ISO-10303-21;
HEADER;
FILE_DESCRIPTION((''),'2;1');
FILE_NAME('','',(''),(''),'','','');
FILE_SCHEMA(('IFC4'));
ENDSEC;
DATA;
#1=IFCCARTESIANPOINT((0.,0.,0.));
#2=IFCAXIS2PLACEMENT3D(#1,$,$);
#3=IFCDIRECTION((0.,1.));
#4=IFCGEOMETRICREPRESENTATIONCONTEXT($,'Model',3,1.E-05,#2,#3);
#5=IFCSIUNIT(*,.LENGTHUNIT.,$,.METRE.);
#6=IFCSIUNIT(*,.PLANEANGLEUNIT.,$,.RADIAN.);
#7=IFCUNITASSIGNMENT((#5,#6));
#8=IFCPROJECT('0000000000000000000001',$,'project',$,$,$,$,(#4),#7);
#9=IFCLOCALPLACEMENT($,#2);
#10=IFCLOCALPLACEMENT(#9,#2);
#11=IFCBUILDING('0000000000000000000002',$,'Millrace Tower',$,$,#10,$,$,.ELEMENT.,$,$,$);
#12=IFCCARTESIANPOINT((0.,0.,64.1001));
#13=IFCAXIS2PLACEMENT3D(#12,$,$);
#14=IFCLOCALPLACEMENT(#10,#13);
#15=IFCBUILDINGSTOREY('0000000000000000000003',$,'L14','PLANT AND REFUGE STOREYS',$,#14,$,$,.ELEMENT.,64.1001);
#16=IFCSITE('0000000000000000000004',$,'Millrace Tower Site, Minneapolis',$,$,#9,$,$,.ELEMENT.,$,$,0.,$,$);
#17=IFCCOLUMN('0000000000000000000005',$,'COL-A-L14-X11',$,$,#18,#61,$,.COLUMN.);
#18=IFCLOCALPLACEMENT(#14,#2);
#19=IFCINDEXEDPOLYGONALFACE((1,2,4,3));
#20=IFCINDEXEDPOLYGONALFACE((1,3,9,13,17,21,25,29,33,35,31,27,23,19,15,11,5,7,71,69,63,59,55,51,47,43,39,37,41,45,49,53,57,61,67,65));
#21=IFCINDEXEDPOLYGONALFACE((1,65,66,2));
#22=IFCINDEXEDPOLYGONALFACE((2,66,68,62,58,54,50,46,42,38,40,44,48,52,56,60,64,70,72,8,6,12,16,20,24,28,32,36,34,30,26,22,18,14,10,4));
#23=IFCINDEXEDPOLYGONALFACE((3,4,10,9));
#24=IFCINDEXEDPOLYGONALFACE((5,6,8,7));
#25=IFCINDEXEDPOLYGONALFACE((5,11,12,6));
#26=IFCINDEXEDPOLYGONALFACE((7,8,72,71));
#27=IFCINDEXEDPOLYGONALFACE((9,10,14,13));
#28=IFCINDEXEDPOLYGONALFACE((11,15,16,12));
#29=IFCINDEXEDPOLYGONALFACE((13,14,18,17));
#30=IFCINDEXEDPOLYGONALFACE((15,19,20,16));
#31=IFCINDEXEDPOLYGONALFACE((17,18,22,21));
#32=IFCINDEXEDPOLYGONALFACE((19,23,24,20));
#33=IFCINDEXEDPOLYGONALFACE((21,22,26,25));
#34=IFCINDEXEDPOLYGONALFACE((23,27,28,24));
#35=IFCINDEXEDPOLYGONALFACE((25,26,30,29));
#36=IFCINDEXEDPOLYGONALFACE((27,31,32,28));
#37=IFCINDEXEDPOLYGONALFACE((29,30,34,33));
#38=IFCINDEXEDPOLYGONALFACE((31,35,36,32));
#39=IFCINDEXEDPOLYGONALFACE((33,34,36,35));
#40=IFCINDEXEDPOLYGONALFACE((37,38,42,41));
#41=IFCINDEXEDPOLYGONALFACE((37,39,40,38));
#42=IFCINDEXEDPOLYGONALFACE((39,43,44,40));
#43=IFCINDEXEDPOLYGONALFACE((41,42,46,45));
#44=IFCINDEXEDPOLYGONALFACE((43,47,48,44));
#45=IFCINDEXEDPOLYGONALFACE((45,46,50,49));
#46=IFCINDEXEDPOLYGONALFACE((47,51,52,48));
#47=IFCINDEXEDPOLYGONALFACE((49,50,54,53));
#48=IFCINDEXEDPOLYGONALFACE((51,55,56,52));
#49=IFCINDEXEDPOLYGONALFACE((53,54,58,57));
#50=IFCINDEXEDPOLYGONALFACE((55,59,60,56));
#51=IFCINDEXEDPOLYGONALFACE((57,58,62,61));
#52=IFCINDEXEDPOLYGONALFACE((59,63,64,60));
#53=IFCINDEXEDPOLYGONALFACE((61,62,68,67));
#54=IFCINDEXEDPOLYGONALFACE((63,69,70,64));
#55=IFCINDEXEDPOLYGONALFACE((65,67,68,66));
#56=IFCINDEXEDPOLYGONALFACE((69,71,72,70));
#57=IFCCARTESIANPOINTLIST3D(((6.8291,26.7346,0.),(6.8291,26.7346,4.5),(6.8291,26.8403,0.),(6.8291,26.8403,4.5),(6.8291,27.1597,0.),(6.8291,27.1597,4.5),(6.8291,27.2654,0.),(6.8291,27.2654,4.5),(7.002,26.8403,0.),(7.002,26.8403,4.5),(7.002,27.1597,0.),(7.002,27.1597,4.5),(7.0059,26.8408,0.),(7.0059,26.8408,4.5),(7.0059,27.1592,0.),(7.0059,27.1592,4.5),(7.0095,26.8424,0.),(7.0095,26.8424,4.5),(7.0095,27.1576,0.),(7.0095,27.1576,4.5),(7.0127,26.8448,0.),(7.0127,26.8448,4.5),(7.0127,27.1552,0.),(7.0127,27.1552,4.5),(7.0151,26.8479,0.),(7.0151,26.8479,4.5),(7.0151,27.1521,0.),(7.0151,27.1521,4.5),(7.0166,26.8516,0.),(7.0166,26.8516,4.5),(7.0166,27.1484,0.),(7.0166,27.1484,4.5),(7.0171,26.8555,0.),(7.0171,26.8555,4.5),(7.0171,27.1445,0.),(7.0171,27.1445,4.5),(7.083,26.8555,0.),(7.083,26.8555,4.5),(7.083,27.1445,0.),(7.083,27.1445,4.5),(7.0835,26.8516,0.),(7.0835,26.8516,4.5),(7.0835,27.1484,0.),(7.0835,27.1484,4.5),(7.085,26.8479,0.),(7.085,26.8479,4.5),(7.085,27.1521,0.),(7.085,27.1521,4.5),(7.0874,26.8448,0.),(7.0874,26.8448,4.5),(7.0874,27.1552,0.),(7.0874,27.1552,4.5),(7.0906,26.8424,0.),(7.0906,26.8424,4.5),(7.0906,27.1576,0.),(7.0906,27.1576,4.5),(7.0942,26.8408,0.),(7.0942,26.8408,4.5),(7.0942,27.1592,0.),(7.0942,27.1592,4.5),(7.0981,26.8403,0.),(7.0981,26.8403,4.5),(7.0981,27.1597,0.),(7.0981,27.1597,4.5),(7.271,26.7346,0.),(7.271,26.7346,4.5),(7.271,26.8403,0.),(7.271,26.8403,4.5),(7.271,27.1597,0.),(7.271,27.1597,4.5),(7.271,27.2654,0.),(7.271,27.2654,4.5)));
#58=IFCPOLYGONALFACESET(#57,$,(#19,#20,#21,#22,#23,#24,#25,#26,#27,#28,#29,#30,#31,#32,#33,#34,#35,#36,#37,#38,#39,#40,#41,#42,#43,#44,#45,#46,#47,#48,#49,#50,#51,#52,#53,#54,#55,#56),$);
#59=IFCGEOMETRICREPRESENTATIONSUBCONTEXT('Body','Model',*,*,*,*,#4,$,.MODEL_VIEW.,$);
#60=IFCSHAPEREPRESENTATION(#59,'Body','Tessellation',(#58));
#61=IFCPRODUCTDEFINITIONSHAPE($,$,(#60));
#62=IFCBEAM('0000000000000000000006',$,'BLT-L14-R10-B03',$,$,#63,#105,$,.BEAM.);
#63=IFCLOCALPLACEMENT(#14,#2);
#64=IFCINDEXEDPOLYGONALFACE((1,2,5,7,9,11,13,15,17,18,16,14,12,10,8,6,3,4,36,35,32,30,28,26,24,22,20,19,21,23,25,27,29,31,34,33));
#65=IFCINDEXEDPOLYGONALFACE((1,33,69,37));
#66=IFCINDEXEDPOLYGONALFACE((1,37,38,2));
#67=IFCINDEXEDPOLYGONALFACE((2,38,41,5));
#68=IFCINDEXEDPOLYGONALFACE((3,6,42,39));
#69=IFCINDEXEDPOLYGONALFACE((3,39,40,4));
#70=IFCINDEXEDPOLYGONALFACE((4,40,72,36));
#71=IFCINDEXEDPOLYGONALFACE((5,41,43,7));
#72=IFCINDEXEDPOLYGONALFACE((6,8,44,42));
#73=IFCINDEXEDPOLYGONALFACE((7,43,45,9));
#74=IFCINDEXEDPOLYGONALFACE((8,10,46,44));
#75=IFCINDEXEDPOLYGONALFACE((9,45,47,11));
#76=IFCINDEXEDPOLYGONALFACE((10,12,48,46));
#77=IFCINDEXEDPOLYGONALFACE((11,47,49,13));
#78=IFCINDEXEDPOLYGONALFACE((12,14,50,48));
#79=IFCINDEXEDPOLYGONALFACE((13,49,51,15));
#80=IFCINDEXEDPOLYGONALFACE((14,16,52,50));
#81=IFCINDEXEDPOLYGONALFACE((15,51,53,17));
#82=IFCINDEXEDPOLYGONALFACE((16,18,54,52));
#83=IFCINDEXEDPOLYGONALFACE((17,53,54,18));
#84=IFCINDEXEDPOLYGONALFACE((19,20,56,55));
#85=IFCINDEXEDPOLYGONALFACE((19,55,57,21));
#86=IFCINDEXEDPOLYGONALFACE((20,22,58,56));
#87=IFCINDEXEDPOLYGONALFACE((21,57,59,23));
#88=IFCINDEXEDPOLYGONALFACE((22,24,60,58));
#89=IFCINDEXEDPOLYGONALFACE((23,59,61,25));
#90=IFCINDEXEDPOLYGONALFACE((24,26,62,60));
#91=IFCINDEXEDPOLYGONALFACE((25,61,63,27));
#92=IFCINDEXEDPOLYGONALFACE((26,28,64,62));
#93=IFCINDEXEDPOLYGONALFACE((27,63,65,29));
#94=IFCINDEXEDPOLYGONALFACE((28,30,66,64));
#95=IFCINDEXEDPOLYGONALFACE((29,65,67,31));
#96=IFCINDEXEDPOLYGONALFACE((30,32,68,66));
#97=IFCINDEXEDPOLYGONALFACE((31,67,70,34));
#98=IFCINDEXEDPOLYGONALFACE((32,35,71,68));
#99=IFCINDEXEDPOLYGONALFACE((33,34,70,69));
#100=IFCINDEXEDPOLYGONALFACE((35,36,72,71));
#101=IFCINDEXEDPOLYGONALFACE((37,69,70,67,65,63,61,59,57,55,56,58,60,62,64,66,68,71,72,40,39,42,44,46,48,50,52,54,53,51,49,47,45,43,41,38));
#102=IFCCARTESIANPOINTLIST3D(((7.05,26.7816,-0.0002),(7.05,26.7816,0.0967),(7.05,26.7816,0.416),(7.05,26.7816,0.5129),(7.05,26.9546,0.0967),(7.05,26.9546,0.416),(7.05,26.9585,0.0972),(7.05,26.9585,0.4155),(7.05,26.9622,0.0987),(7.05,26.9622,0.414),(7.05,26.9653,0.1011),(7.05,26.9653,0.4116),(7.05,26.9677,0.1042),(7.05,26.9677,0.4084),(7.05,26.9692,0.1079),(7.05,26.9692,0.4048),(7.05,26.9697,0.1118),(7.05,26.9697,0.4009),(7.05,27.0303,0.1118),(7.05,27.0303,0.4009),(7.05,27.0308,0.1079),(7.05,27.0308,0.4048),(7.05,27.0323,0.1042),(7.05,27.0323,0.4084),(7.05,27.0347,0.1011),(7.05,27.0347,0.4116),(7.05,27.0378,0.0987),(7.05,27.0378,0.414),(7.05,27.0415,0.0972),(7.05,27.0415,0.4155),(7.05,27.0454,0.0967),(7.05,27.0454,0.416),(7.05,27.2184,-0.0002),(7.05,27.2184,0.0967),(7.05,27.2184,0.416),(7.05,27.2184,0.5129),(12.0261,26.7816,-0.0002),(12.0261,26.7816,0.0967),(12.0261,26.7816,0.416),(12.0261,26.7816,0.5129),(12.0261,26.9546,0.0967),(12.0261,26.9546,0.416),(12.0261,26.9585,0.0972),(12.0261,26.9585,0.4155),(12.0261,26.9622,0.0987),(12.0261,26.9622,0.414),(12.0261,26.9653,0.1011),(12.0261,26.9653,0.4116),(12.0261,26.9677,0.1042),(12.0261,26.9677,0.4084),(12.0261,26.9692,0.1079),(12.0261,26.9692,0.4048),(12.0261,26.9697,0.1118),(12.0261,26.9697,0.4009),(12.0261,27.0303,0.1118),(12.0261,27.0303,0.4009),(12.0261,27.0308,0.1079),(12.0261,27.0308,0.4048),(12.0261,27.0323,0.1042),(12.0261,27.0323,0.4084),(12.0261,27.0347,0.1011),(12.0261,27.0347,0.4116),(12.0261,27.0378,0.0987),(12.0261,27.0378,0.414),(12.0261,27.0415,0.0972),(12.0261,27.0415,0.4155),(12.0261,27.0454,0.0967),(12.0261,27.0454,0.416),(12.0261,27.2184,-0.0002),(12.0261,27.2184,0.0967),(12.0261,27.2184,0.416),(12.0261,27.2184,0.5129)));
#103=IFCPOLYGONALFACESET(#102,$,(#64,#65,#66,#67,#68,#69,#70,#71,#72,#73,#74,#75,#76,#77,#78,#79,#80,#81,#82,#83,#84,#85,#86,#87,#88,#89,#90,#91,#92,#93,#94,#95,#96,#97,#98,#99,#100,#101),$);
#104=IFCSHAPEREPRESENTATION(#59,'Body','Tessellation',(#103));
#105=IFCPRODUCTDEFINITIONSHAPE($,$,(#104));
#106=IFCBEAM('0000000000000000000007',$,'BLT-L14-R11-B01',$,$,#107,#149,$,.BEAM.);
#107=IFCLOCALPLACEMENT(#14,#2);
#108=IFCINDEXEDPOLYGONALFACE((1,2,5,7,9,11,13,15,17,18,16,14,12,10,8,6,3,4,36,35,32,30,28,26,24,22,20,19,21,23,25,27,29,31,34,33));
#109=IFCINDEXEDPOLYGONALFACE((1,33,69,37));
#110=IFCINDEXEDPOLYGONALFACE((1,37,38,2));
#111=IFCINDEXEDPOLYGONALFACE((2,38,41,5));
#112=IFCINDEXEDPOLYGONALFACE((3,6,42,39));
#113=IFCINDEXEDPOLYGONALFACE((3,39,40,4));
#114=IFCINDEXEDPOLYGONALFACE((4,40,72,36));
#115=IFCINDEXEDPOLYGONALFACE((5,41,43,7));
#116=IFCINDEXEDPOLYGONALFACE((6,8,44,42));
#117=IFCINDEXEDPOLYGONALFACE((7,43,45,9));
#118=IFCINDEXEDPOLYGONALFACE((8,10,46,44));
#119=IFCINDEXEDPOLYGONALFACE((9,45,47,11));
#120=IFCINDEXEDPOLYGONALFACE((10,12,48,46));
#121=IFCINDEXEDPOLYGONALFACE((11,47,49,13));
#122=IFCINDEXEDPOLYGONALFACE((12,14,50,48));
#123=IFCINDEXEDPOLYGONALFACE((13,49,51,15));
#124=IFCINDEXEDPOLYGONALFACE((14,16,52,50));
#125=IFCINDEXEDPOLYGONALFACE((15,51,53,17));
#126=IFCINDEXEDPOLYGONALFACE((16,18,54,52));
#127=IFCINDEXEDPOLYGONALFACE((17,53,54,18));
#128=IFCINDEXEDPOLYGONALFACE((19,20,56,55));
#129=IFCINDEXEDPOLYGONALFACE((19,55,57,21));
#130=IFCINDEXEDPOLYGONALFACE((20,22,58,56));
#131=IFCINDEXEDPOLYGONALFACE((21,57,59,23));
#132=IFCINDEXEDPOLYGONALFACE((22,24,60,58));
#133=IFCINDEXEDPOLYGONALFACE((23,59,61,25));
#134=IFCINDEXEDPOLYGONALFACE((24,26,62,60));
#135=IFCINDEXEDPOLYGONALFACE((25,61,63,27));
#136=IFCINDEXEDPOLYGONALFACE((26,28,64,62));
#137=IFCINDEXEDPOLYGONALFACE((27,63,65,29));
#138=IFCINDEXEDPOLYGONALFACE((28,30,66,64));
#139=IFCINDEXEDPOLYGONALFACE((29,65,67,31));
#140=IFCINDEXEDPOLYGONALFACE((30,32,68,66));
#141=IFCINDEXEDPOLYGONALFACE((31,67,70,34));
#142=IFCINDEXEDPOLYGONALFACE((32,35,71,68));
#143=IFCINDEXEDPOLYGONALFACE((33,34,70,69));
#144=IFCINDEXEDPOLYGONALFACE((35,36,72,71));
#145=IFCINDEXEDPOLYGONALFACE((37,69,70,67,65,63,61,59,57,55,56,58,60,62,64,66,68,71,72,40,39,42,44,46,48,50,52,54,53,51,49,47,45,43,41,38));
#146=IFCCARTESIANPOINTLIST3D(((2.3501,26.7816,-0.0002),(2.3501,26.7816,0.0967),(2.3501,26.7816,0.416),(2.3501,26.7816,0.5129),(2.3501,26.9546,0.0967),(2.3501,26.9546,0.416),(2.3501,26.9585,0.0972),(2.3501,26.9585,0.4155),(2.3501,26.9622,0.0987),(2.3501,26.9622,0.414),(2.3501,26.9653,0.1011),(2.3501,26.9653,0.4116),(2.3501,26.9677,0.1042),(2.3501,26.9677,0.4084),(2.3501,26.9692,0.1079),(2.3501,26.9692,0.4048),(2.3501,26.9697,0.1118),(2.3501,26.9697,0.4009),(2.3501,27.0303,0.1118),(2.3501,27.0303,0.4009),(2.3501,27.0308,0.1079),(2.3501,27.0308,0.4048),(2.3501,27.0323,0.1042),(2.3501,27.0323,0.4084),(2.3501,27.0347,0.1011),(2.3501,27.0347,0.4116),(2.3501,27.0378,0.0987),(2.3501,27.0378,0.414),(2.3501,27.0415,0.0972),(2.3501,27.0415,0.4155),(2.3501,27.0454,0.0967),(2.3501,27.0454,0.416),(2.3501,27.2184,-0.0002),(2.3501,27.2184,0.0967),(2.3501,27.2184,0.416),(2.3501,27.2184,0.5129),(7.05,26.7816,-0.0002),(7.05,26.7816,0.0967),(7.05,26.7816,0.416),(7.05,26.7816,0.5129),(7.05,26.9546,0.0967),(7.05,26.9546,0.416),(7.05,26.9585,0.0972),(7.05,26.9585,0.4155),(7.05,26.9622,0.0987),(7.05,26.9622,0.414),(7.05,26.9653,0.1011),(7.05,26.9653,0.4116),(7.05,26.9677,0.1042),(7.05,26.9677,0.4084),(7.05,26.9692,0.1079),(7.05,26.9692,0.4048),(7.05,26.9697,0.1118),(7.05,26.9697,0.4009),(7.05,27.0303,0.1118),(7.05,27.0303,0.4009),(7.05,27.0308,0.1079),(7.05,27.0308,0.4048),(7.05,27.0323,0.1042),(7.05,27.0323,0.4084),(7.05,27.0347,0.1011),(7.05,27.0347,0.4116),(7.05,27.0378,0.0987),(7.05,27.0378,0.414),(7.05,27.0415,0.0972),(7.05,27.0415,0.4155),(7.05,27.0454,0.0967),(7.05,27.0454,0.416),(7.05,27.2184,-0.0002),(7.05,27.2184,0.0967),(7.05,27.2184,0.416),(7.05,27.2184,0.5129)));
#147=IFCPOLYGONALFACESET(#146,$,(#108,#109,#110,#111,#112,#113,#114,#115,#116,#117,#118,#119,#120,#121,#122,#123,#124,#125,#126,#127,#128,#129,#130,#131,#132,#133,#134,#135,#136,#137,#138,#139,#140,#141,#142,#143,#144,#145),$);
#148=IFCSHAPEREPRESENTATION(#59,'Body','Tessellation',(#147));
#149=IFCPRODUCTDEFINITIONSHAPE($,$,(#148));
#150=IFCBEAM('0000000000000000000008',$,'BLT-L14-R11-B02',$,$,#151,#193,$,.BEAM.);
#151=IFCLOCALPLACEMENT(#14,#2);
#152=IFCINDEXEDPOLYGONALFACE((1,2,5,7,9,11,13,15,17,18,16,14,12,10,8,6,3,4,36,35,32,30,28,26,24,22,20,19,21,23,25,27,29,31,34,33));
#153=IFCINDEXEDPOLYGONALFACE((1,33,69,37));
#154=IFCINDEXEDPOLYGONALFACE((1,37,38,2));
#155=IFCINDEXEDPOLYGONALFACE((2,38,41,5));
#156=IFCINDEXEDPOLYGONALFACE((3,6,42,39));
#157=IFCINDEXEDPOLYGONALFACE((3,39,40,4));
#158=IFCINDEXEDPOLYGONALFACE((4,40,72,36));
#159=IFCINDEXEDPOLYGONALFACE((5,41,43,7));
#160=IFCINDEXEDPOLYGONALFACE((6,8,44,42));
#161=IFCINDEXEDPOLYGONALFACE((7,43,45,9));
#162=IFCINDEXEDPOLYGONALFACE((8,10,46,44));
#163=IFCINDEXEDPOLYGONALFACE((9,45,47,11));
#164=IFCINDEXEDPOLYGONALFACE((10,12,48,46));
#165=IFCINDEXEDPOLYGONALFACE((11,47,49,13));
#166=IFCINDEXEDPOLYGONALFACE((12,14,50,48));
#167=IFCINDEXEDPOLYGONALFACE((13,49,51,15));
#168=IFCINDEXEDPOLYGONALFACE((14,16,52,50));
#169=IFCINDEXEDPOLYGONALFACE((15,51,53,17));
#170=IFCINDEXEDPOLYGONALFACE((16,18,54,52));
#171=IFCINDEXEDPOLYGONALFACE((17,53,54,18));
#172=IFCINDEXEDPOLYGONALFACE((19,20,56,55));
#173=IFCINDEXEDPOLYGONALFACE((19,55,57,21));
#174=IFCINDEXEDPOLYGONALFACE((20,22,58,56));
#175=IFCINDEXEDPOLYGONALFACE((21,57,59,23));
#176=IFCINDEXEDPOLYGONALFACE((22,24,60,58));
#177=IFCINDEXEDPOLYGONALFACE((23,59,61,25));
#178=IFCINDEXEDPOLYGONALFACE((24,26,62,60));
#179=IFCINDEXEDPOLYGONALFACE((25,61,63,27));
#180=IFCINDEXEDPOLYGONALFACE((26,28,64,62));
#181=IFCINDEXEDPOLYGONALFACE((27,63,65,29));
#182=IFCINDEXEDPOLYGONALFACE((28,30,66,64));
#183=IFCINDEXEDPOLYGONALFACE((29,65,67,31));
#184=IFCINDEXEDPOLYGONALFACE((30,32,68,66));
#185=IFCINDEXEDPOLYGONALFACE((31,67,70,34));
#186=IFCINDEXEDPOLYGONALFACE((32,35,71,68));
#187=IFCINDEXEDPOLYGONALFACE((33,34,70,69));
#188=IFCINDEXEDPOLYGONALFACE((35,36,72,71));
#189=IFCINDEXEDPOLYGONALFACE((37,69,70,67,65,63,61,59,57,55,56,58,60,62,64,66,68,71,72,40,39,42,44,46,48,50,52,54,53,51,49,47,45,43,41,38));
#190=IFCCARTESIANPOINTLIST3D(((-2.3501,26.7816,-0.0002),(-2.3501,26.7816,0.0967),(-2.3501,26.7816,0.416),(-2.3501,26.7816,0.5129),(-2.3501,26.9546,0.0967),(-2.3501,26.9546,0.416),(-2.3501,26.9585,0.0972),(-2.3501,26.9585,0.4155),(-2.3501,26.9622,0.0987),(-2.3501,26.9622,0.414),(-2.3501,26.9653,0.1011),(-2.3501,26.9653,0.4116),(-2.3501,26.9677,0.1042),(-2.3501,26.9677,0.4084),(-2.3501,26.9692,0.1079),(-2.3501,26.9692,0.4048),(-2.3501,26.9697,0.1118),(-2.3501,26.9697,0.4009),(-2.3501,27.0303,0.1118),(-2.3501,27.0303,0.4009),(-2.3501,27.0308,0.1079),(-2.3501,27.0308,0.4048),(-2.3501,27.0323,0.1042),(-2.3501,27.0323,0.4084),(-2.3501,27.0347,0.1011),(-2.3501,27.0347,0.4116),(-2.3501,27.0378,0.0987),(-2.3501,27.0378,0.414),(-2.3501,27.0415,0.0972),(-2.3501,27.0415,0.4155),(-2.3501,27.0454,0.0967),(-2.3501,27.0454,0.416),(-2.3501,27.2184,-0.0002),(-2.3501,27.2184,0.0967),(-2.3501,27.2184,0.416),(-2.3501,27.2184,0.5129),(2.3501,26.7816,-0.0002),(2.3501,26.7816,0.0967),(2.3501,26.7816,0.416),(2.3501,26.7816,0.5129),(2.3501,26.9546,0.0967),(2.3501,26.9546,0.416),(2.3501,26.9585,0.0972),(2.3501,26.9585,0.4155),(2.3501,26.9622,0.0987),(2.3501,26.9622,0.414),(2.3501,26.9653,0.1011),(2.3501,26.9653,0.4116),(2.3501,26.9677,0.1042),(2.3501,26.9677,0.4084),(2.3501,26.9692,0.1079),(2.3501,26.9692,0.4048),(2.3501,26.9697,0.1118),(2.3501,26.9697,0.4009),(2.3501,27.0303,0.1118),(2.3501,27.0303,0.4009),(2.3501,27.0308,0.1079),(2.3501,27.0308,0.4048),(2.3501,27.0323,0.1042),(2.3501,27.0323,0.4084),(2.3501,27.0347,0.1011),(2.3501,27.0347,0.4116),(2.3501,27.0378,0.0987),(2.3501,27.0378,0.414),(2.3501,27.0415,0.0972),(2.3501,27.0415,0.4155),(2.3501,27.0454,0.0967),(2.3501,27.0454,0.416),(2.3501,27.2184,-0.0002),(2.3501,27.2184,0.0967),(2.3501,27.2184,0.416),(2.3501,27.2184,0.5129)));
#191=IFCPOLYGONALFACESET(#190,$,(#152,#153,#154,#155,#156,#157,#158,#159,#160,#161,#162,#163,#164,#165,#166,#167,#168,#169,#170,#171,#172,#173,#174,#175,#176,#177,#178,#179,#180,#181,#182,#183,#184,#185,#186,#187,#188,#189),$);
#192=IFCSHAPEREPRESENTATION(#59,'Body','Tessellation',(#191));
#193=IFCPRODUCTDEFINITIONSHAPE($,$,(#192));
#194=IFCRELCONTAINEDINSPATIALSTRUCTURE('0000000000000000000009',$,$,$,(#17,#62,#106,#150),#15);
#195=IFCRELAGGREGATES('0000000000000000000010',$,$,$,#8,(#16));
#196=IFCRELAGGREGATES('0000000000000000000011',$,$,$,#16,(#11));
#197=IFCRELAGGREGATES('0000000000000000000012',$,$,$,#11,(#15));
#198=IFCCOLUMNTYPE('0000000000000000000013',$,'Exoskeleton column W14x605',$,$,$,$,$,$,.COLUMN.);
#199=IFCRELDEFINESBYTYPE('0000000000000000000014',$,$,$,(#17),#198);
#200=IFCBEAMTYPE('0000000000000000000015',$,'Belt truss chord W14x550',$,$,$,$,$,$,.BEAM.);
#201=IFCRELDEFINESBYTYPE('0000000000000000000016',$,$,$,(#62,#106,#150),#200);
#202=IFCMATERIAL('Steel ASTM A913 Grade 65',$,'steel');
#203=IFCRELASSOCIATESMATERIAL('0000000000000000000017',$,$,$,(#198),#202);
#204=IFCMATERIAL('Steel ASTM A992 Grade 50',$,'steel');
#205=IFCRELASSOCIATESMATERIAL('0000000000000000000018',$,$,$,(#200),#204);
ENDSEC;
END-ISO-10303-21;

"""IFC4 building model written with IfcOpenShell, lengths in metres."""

from ifc_helpers import new_model, si_unit, direction, frame, origin, origin_2d, place, context, subcontext, project, spatial, i_section, extrude, material, material_profile, profile_set, type_object, element, save


model = new_model("IFC4")

# Units and contexts
model_context = context("Model", 3, precision=1e-05, world=origin(), true_north=direction((0.0, 1.0)))
body_context = subcontext(model_context, "Body", "Model", "MODEL_VIEW")
ifc_project = project(units=[si_unit("LENGTHUNIT", "METRE"), si_unit("PLANEANGLEUNIT", "RADIAN")], contexts=[model_context])

# Site, building, storey
site_placement = place(None, origin())
site = spatial("IfcSite", under=ifc_project, at=site_placement, Name="Millrace Tower Site, Minneapolis", CompositionType="ELEMENT", RefElevation=0.0)
building_placement = place(site_placement, origin())
building = spatial("IfcBuilding", under=site, at=building_placement, Name="Millrace Tower", CompositionType="ELEMENT")
storey_placement = place(building_placement, frame((0.0, 0.0, 64.1001)))
storey = spatial("IfcBuildingStorey", under=building, at=storey_placement, Name="L14", Description="PLANT AND REFUGE STOREYS", CompositionType="ELEMENT", Elevation=64.1001)

# Column
ifc_material_1 = material(Name="Steel ASTM A913 Grade 65", Category="steel")
ifc_material_profile_1 = material_profile(ifc_material_1, i_section(OverallWidth=0.4419, OverallDepth=0.5308, WebThickness=0.0659, FlangeThickness=0.1057, FilletRadius=0.0151, at=origin_2d()))
ifc_profile_set_1 = profile_set([ifc_material_profile_1], Name="Steel ASTM A913 Grade 65")
column_type = type_object("IfcColumnType", Name="Exoskeleton column W14x605", PredefinedType="COLUMN", material=ifc_profile_set_1)
column_placement = place(storey_placement, frame((7.05, 27.0, 0.0), z_axis=(0.0, 0.0, 1.0), x_axis=(-1.0, 0.0, 0.0)))
element("IfcColumn", 1, at=column_placement, inside=storey, type_object=column_type, Name="COL-A-L14-X11", PredefinedType="COLUMN", context=body_context, shape_type="SweptSolid", body=[
    extrude(i_section(OverallWidth=0.4419, OverallDepth=0.5308, WebThickness=0.0659, FlangeThickness=0.1057, FilletRadius=0.0151, at=origin_2d()), origin(), (0.0, 0.0, 1.0), 4.5),
])

# Beams
ifc_material_2 = material(Name="Steel ASTM A992 Grade 50", Category="steel")
ifc_material_profile_2 = material_profile(ifc_material_2, i_section(OverallWidth=0.4368, OverallDepth=0.5132, WebThickness=0.0605, FlangeThickness=0.0969, FilletRadius=0.0151, at=origin_2d()))
ifc_profile_set_2 = profile_set([ifc_material_profile_2], Name="Steel ASTM A992 Grade 50")
beam_type_1 = type_object("IfcBeamType", Name="Belt truss chord W14x550", PredefinedType="BEAM", material=ifc_profile_set_2)
beam_1_placement = place(storey_placement, frame((12.0261, 27.0, 0.2563), z_axis=(-1.0, 0.0, 0.0), x_axis=(0.0, -1.0, 0.0)))
element("IfcBeam", 2, at=beam_1_placement, inside=storey, type_object=beam_type_1, Name="BLT-L14-R10-B03", PredefinedType="BEAM", context=body_context, shape_type="SweptSolid", body=[
    extrude(i_section(OverallWidth=0.4368, OverallDepth=0.5132, WebThickness=0.0605, FlangeThickness=0.0969, FilletRadius=0.0151, at=origin_2d()), origin(), (0.0, 0.0, 1.0), 4.9761),
])
beam_2_placement = place(storey_placement, frame((7.05, 27.0, 0.2563), z_axis=(-1.0, 0.0, 0.0), x_axis=(0.0, -1.0, 0.0)))
element("IfcBeam", 3, at=beam_2_placement, inside=storey, type_object=beam_type_1, Name="BLT-L14-R11-B01", PredefinedType="BEAM", context=body_context, shape_type="SweptSolid", body=[
    extrude(i_section(OverallWidth=0.4368, OverallDepth=0.5132, WebThickness=0.0605, FlangeThickness=0.0969, FilletRadius=0.0151, at=origin_2d()), origin(), (0.0, 0.0, 1.0), 4.7),
])
for number, where, z_axis, x_axis, name in (
    (4, (2.3501, 27.0, 0.2563), (-1.0, 0.0, 0.0), (0.0, -1.0, 0.0), "BLT-L14-R11-B02"),
):
    element("IfcBeam", number, at=place(storey_placement, frame(where, z_axis=z_axis, x_axis=x_axis)), inside=storey, type_object=beam_type_1, Name=name, PredefinedType="BEAM", context=body_context, shape_type="SweptSolid", body=[
        extrude(i_section(OverallWidth=0.4368, OverallDepth=0.5132, WebThickness=0.0605, FlangeThickness=0.0969, FilletRadius=0.0151, at=origin_2d()), origin(), (0.0, 0.0, 1.0), 4.7002),
    ])

save(model, "model.ifc")
